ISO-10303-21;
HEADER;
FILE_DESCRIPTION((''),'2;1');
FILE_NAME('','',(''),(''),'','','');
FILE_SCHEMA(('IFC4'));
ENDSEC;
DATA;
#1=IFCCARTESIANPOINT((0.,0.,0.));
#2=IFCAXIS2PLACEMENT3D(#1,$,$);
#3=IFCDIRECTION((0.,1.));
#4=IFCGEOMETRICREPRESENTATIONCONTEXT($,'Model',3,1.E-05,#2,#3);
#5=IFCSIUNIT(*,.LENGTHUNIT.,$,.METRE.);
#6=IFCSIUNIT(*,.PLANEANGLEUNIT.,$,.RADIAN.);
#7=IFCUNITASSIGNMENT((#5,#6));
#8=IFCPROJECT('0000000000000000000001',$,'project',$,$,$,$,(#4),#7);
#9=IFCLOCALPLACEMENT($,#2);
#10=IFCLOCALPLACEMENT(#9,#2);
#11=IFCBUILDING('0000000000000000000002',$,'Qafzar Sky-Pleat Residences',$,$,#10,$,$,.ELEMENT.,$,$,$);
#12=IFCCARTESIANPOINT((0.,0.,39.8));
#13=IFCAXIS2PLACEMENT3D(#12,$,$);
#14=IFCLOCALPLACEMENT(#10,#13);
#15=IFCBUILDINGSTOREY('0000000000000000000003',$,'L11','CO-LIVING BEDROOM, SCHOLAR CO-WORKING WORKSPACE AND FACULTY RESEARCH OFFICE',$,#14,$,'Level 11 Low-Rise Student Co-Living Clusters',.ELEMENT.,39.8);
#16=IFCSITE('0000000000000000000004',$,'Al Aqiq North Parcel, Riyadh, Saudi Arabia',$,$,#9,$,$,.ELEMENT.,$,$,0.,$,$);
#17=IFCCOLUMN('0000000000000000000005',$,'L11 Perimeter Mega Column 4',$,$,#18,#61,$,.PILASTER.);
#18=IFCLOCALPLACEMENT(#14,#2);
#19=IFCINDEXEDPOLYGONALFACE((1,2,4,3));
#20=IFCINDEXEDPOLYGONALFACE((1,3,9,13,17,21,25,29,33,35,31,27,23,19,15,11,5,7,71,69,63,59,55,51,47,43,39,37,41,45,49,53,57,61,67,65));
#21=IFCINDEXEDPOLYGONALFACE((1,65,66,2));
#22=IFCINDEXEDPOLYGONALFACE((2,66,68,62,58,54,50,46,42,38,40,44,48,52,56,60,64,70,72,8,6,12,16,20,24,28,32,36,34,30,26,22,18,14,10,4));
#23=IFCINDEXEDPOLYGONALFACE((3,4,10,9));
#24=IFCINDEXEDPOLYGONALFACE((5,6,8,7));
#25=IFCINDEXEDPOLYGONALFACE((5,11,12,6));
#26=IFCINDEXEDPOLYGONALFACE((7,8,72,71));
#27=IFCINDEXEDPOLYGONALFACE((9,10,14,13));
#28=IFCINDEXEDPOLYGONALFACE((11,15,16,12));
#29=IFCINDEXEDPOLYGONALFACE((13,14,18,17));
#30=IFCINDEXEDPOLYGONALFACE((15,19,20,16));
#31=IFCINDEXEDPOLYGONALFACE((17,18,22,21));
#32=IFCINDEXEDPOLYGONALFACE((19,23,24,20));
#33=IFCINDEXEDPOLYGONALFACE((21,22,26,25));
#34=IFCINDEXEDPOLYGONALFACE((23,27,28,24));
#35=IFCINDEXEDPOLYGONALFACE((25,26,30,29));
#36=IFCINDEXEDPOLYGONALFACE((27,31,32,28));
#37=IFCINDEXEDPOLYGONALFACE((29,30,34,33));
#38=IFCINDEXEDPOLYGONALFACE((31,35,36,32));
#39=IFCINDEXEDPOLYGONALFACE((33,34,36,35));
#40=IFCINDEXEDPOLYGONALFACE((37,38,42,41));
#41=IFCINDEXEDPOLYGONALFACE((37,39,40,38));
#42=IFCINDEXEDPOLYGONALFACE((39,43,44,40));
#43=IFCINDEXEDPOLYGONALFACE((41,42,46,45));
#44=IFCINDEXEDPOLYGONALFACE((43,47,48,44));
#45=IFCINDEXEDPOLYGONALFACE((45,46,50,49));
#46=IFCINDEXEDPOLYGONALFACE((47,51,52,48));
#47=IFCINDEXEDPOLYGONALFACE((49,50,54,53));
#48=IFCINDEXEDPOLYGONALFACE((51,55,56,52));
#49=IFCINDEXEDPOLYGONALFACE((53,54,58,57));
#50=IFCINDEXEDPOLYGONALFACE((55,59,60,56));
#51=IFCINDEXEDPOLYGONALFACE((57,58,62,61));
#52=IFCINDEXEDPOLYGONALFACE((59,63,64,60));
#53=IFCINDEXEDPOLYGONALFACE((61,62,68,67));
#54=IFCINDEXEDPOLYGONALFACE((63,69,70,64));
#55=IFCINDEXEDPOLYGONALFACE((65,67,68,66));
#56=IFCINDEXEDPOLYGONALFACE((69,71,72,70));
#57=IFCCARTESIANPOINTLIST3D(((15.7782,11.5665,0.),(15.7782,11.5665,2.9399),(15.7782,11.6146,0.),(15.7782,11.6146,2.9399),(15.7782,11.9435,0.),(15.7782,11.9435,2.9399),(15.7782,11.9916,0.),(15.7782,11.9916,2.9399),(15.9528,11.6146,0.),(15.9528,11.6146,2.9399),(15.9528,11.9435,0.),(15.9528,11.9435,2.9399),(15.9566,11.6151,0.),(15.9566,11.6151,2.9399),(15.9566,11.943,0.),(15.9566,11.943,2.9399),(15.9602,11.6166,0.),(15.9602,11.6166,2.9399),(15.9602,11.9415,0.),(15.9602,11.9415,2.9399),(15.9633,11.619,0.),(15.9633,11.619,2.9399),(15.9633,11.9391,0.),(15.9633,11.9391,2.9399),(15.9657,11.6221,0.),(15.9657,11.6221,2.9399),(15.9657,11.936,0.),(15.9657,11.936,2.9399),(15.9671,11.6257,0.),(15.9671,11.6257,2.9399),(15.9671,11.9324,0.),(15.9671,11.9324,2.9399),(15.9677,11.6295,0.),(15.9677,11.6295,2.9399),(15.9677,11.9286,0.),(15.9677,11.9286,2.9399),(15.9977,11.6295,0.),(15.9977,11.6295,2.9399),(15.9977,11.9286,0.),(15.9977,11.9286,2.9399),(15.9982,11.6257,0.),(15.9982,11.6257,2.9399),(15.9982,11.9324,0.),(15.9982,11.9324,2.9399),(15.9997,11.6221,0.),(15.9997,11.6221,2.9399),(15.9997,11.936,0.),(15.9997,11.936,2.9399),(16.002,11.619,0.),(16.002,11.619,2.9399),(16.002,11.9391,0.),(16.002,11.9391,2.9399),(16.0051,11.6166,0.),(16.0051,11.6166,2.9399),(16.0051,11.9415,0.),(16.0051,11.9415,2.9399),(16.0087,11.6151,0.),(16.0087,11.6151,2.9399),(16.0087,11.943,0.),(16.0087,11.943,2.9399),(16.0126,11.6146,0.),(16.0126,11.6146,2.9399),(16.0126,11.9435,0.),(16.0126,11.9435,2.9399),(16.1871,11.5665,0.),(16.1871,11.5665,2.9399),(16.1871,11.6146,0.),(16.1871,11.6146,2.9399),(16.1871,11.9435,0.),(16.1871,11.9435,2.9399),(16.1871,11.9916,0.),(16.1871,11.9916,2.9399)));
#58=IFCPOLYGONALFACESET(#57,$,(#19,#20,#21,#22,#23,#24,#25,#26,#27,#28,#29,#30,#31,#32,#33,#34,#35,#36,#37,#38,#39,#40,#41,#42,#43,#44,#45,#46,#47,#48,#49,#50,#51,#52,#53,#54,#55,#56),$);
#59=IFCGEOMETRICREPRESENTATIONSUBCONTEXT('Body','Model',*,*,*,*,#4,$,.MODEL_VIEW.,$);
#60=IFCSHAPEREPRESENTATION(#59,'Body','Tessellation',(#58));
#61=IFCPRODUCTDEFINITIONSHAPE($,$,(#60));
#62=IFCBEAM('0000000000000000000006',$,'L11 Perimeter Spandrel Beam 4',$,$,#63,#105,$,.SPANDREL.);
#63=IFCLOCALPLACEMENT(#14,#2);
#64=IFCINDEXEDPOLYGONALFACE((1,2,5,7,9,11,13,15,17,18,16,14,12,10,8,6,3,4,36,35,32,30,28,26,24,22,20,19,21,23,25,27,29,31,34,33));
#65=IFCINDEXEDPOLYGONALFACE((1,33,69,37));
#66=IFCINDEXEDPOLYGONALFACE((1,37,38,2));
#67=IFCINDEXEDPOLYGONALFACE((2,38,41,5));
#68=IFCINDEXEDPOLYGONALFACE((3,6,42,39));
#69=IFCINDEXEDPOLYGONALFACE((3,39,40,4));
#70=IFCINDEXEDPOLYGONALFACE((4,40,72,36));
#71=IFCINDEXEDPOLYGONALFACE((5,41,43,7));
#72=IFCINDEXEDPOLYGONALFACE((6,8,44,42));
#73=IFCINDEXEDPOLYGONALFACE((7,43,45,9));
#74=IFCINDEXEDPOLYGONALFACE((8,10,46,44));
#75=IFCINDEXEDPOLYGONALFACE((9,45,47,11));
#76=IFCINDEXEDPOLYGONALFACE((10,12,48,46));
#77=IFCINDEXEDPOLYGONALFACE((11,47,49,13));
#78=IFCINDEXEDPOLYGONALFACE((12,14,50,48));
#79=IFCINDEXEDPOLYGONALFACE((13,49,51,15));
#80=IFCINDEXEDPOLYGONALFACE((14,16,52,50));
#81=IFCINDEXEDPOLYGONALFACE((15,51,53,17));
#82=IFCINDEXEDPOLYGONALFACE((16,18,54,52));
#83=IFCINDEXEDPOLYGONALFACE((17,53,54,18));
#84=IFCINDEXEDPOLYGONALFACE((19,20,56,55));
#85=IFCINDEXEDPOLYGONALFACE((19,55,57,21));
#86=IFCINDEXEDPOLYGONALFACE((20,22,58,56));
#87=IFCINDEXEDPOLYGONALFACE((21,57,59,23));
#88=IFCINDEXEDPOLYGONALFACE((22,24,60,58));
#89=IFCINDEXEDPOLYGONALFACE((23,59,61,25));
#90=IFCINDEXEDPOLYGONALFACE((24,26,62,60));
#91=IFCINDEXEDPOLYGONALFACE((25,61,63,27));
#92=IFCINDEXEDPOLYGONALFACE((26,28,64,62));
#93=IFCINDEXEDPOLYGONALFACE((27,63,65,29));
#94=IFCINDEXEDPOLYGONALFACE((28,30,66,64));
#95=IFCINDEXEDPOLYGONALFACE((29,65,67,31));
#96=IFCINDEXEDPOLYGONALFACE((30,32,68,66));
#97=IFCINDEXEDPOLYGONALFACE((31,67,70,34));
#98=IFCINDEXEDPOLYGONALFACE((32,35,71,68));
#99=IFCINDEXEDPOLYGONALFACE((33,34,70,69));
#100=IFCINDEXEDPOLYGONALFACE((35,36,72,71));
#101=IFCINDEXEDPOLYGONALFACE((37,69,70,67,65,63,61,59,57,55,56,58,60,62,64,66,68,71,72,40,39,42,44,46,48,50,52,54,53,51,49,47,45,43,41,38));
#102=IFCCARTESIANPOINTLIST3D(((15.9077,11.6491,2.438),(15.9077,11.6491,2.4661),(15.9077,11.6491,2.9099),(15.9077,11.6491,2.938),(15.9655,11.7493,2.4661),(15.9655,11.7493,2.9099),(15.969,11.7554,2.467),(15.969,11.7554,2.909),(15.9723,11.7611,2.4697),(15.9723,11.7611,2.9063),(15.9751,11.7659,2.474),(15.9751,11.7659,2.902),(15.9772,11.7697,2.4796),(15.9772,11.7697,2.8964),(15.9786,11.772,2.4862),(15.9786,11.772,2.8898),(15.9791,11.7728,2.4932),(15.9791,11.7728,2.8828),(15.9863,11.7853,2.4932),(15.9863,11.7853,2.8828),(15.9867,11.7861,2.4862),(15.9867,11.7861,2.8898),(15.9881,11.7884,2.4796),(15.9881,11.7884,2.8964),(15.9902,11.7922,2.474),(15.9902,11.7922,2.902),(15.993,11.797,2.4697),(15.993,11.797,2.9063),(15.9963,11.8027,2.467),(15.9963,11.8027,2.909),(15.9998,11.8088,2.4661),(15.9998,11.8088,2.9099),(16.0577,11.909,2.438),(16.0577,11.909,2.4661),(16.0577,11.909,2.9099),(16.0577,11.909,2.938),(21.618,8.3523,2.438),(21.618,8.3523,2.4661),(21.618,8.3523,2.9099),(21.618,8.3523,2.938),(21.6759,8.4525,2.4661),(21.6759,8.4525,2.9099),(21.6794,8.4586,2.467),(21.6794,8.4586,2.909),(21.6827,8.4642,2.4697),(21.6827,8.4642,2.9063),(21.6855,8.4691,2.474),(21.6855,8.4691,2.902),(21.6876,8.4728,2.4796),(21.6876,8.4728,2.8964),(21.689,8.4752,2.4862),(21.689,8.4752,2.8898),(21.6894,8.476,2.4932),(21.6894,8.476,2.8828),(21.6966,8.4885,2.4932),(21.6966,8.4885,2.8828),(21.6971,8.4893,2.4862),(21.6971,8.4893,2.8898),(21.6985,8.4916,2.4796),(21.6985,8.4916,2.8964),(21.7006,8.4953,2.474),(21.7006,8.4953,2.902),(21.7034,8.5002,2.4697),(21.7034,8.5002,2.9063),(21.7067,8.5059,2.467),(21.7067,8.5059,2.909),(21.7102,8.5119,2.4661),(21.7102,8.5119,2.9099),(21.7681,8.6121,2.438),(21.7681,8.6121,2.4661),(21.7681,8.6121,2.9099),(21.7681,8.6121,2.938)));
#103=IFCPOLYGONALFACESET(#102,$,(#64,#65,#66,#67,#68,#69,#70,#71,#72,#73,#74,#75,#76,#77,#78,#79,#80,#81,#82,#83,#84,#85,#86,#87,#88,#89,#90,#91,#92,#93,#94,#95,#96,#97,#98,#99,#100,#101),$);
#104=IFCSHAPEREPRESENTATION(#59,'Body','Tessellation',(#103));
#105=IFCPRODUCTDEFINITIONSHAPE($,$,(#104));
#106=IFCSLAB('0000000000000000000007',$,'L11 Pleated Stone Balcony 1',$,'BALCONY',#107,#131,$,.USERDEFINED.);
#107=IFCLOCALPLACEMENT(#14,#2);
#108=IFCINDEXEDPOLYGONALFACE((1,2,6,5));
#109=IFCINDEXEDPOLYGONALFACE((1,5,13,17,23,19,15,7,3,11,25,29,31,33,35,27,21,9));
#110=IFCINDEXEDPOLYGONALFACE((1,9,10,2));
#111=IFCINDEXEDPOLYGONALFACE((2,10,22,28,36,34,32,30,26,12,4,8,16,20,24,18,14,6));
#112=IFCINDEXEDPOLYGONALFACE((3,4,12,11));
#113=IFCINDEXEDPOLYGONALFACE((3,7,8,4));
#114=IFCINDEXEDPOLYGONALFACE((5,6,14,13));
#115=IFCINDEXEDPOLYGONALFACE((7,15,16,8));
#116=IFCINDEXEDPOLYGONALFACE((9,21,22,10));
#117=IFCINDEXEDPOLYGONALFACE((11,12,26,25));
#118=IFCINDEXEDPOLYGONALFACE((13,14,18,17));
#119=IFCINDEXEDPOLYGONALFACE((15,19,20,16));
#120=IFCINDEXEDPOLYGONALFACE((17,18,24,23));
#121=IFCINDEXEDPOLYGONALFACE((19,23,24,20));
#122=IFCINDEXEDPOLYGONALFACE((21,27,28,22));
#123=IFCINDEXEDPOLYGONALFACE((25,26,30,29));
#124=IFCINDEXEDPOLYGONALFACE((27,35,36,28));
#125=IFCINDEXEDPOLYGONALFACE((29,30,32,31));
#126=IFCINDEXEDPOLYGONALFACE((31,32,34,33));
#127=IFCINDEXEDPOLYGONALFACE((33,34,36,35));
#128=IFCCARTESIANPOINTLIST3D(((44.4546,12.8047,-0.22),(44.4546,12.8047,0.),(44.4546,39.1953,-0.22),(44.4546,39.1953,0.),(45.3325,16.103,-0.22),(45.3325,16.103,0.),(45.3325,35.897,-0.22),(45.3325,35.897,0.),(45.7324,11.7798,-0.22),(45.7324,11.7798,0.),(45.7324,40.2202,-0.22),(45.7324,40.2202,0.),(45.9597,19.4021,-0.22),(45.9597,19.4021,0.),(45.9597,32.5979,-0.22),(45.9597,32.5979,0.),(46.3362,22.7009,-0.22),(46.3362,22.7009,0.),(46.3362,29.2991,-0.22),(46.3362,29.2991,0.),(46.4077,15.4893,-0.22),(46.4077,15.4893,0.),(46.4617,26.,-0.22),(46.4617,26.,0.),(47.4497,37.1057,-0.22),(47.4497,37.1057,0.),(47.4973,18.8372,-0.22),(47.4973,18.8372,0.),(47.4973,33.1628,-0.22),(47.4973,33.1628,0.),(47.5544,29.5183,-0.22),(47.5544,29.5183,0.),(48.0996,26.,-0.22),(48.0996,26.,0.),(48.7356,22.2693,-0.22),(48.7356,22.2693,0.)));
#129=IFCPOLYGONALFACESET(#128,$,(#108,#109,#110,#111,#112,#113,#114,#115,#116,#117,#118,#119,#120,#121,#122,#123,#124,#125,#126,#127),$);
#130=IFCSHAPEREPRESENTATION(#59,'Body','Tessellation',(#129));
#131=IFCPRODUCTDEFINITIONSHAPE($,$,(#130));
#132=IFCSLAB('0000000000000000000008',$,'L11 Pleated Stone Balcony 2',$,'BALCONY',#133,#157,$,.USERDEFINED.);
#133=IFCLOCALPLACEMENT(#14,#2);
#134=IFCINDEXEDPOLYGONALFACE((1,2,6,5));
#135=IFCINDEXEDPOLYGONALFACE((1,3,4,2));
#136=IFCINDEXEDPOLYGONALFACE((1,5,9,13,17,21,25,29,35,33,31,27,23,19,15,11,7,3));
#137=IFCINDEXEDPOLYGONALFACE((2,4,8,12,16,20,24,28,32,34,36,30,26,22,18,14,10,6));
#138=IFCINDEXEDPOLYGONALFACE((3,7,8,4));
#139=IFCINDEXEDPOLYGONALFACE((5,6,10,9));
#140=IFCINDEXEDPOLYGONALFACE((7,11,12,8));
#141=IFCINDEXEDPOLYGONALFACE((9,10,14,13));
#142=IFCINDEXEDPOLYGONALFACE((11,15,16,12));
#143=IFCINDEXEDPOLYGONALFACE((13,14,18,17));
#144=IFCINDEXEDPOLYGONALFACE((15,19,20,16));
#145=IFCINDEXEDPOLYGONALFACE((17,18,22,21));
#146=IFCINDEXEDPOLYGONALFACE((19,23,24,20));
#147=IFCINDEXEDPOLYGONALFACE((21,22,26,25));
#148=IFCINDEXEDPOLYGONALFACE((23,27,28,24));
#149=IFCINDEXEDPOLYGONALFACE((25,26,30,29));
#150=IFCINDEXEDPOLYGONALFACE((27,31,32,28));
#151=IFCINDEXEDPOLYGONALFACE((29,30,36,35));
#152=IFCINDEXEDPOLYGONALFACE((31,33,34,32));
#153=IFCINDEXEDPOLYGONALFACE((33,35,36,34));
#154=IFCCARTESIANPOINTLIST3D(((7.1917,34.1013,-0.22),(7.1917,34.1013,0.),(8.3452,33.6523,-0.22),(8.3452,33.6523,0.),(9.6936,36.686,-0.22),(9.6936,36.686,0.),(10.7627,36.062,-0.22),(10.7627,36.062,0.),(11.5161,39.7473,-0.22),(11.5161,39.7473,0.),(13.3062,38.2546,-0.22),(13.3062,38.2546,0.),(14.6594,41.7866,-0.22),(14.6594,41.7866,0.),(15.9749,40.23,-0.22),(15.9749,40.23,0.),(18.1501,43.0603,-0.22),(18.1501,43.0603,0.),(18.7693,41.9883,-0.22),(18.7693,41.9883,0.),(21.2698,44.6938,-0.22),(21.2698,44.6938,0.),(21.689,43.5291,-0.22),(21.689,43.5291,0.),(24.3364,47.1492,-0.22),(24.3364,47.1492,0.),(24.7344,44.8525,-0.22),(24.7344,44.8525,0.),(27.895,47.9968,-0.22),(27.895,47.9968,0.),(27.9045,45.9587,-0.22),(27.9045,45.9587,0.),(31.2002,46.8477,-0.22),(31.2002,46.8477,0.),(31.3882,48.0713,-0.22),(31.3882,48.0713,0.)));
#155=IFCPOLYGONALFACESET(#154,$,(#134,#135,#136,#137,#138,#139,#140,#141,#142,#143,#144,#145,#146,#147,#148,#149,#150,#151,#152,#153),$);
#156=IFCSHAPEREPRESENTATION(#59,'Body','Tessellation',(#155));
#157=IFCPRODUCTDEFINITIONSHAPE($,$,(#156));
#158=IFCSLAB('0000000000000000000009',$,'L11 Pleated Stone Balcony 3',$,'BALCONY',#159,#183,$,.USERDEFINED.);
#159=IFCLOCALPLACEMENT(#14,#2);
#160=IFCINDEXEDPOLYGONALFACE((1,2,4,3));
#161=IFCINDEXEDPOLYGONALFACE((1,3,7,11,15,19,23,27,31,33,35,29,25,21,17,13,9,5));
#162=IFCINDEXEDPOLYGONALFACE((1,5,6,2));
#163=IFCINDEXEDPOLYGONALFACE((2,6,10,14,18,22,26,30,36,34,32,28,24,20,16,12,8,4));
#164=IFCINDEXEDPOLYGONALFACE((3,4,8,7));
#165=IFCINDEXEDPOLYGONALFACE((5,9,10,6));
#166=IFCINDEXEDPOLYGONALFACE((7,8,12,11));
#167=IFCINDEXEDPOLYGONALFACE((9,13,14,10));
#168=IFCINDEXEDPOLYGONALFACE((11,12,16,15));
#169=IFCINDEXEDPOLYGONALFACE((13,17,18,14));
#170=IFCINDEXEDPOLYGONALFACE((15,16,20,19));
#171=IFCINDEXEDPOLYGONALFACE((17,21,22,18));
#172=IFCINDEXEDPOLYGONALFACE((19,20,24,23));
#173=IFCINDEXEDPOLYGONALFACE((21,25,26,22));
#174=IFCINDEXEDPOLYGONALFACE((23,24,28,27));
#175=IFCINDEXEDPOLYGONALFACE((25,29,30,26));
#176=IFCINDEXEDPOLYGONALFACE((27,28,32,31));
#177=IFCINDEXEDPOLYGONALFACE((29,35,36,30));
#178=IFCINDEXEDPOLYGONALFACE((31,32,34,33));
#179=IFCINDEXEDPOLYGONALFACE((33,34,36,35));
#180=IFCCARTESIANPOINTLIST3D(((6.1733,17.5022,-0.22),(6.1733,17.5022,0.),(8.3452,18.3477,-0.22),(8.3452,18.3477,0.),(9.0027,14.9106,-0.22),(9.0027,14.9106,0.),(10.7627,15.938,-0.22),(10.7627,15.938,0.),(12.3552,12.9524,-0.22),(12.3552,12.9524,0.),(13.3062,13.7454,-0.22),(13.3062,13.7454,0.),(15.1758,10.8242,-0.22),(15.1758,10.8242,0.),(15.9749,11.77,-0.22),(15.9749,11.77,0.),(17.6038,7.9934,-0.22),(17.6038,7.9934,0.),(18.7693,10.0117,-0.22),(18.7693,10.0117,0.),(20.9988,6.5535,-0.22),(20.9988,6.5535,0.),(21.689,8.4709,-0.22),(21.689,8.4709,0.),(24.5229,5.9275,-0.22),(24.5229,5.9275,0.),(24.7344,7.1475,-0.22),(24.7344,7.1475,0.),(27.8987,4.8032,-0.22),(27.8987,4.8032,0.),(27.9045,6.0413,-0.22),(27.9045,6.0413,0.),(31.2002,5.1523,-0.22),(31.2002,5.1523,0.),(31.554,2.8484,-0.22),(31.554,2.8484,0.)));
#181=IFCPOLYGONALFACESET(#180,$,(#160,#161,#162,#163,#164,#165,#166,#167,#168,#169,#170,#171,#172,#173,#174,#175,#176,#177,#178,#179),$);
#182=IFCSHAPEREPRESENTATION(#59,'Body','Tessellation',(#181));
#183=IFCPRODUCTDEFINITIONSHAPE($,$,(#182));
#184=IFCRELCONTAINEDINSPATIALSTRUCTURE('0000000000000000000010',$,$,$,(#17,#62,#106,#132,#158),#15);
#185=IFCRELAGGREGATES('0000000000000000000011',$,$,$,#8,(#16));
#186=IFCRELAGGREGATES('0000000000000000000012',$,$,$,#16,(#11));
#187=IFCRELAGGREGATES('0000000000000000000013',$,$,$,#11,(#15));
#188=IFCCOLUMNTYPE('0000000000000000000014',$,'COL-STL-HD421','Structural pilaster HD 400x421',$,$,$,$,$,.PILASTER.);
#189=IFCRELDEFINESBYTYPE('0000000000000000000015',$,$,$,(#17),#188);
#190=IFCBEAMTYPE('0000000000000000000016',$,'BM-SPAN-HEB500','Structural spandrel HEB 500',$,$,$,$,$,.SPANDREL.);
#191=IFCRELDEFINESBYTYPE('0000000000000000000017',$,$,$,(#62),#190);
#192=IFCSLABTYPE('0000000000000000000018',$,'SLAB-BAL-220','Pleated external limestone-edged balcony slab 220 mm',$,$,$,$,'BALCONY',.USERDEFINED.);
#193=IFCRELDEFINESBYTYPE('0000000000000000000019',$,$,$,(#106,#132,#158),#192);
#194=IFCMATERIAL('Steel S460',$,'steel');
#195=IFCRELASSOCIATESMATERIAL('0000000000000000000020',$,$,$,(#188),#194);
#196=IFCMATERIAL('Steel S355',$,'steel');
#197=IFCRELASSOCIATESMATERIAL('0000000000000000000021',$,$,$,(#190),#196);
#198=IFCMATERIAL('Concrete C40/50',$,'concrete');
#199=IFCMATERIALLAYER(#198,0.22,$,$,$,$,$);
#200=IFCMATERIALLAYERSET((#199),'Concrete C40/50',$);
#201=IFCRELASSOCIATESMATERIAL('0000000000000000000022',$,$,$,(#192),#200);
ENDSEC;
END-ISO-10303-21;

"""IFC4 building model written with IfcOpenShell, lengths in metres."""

from ifc_helpers import new_model, si_unit, direction, frame, origin, origin_2d, place, context, subcontext, project, spatial, polyline, i_section, outline, extrude, source, transform, mapped, material, layer, layer_set, material_profile, profile_set, type_object, element, save


model = new_model("IFC4")

# Units and contexts
model_context = context("Model", 3, precision=1e-05, world=origin(), true_north=direction((0.0, 1.0)))
body_context = subcontext(model_context, "Body", "Model", "MODEL_VIEW")
ifc_project = project(units=[si_unit("LENGTHUNIT", "METRE"), si_unit("PLANEANGLEUNIT", "RADIAN")], contexts=[model_context])

# Site, building, storey
site_placement = place(None, origin())
site = spatial("IfcSite", under=ifc_project, at=site_placement, Name="Al Aqiq North Parcel, Riyadh, Saudi Arabia", CompositionType="ELEMENT", RefElevation=0.0)
building_placement = place(site_placement, origin())
building = spatial("IfcBuilding", under=site, at=building_placement, Name="Qafzar Sky-Pleat Residences", CompositionType="ELEMENT")
storey_placement = place(building_placement, frame((0.0, 0.0, 39.8)))
storey = spatial("IfcBuildingStorey", under=building, at=storey_placement, Name="L11", Description="CO-LIVING BEDROOM, SCHOLAR CO-WORKING WORKSPACE AND FACULTY RESEARCH OFFICE", LongName="Level 11 Low-Rise Student Co-Living Clusters", CompositionType="ELEMENT", Elevation=39.8)

# Column
ifc_material_1 = material(Name="Steel S460", Category="steel")
ifc_material_profile_1 = material_profile(ifc_material_1, i_section(OverallWidth=0.4089, OverallDepth=0.425, WebThickness=0.03, FlangeThickness=0.0481, FilletRadius=0.0149, at=origin_2d()), Name="HD 400x421")
ifc_profile_set_1 = profile_set([ifc_material_profile_1], Name="Steel S460")
column_type = type_object("IfcColumnType", Name="COL-STL-HD421", Description="Structural pilaster HD 400x421", PredefinedType="PILASTER", material=ifc_profile_set_1)
shared_shape_1 = source(origin(), body_context, "Body", "SweptSolid", [
    extrude(i_section(OverallWidth=0.4089, OverallDepth=0.425, WebThickness=0.03, FlangeThickness=0.0481, FilletRadius=0.0149, at=origin_2d()), origin(), (0.0, 0.0, 1.0), 2.9399),
])
column_placement = place(storey_placement, frame((15.9827, 11.7791, 0.0), z_axis=(0.0, 0.0, 1.0), x_axis=(1.0, 0.0, 0.0)))
element("IfcColumn", 1, at=column_placement, inside=storey, type_object=column_type, Name="L11 Perimeter Mega Column 4", PredefinedType="PILASTER", context=body_context, shape_type="MappedRepresentation", body=[
    mapped(shared_shape_1, transform((0.0, 0.0, 0.0), x_axis=(1.0, 0.0, 0.0), y_axis=(0.0, 1.0, 0.0), z_axis=(0.0, 0.0, 1.0), scale=1.0)),
])

# Beam
ifc_material_2 = material(Name="Steel S355", Category="steel")
ifc_material_profile_2 = material_profile(ifc_material_2, i_section(OverallWidth=0.3, OverallDepth=0.5, WebThickness=0.0144, FlangeThickness=0.0281, FilletRadius=0.0271, at=origin_2d()), Name="HEB 500")
ifc_profile_set_2 = profile_set([ifc_material_profile_2], Name="Steel S355")
beam_type = type_object("IfcBeamType", Name="BM-SPAN-HEB500", Description="Structural spandrel HEB 500", PredefinedType="SPANDREL", material=ifc_profile_set_2)
shared_shape_2 = source(origin(), body_context, "Body", "SweptSolid", [
    extrude(i_section(OverallWidth=0.3, OverallDepth=0.5, WebThickness=0.0144, FlangeThickness=0.0281, FilletRadius=0.0271, at=origin_2d()), origin(), (0.0, 0.0, 1.0), 6.5938),
])
beam_placement = place(storey_placement, frame((15.9827, 11.7791, 2.688), z_axis=(0.866029, -0.499994, 0.0), x_axis=(0.499994, 0.866029, 0.0)))
element("IfcBeam", 2, at=beam_placement, inside=storey, type_object=beam_type, Name="L11 Perimeter Spandrel Beam 4", PredefinedType="SPANDREL", context=body_context, shape_type="MappedRepresentation", body=[
    mapped(shared_shape_2, transform((0.0, 0.0, 0.0), x_axis=(1.0, 0.0, 0.0), y_axis=(0.0, 1.0, 0.0), z_axis=(0.0, 0.0, 1.0), scale=1.0)),
])

# Slabs
ifc_material_3 = material(Name="Concrete C40/50", Category="concrete")
ifc_layer_1 = layer(ifc_material_3, 0.22)
ifc_layer_set_1 = layer_set([ifc_layer_1], Name="Concrete C40/50")
slab_type_1 = type_object("IfcSlabType", Name="SLAB-BAL-220", Description="Pleated external limestone-edged balcony slab 220 mm", ElementType="BALCONY", PredefinedType="USERDEFINED", material=ifc_layer_set_1)
slab_1_placement = place(storey_placement, frame((0.0, 0.0, -0.22)))
element("IfcSlab", 3, at=slab_1_placement, inside=storey, type_object=slab_type_1, Name="L11 Pleated Stone Balcony 1", ObjectType="BALCONY", PredefinedType="USERDEFINED", context=body_context, shape_type="SweptSolid", body=[
    extrude(outline(polyline([(45.3325, 16.103), (45.9597, 19.4021), (46.3362, 22.7009), (46.4617, 26.0), (46.3362, 29.2991), (45.9597, 32.5979), (45.3325, 35.897), (44.4546, 39.1953), (45.7324, 40.2202), (47.4497, 37.1057), (47.4973, 33.1628), (47.5544, 29.5183), (48.0996, 26.0), (48.7356, 22.2693), (47.4973, 18.8372), (46.4077, 15.4893), (45.7324, 11.7798), (44.4546, 12.8047), (45.3325, 16.103)])), origin(), (0.0, 0.0, 1.0), 0.22),
])
slab_2_placement = place(storey_placement, frame((0.0, 0.0, -0.22)))
element("IfcSlab", 4, at=slab_2_placement, inside=storey, type_object=slab_type_1, Name="L11 Pleated Stone Balcony 2", ObjectType="BALCONY", PredefinedType="USERDEFINED", context=body_context, shape_type="SweptSolid", body=[
    extrude(outline(polyline([(27.9045, 45.9587), (24.7344, 44.8525), (21.689, 43.5291), (18.7693, 41.9883), (15.9749, 40.23), (13.3062, 38.2546), (10.7627, 36.062), (8.3452, 33.6523), (7.1917, 34.1013), (9.6936, 36.686), (11.5161, 39.7473), (14.6594, 41.7866), (18.1501, 43.0603), (21.2698, 44.6938), (24.3364, 47.1492), (27.895, 47.9968), (31.3882, 48.0713), (31.2002, 46.8477), (27.9045, 45.9587)])), origin(), (0.0, 0.0, 1.0), 0.22),
])
slab_3_placement = place(storey_placement, frame((0.0, 0.0, -0.22)))
element("IfcSlab", 5, at=slab_3_placement, inside=storey, type_object=slab_type_1, Name="L11 Pleated Stone Balcony 3", ObjectType="BALCONY", PredefinedType="USERDEFINED", context=body_context, shape_type="SweptSolid", body=[
    extrude(outline(polyline([(10.7627, 15.938), (13.3062, 13.7454), (15.9749, 11.77), (18.7693, 10.0117), (21.689, 8.4709), (24.7344, 7.1475), (27.9045, 6.0413), (31.2002, 5.1523), (31.554, 2.8484), (27.8987, 4.8032), (24.5229, 5.9275), (20.9988, 6.5535), (17.6038, 7.9934), (15.1758, 10.8242), (12.3552, 12.9524), (9.0027, 14.9106), (6.1733, 17.5022), (8.3452, 18.3477), (10.7627, 15.938)])), origin(), (0.0, 0.0, 1.0), 0.22),
])

save(model, "model.ifc")
